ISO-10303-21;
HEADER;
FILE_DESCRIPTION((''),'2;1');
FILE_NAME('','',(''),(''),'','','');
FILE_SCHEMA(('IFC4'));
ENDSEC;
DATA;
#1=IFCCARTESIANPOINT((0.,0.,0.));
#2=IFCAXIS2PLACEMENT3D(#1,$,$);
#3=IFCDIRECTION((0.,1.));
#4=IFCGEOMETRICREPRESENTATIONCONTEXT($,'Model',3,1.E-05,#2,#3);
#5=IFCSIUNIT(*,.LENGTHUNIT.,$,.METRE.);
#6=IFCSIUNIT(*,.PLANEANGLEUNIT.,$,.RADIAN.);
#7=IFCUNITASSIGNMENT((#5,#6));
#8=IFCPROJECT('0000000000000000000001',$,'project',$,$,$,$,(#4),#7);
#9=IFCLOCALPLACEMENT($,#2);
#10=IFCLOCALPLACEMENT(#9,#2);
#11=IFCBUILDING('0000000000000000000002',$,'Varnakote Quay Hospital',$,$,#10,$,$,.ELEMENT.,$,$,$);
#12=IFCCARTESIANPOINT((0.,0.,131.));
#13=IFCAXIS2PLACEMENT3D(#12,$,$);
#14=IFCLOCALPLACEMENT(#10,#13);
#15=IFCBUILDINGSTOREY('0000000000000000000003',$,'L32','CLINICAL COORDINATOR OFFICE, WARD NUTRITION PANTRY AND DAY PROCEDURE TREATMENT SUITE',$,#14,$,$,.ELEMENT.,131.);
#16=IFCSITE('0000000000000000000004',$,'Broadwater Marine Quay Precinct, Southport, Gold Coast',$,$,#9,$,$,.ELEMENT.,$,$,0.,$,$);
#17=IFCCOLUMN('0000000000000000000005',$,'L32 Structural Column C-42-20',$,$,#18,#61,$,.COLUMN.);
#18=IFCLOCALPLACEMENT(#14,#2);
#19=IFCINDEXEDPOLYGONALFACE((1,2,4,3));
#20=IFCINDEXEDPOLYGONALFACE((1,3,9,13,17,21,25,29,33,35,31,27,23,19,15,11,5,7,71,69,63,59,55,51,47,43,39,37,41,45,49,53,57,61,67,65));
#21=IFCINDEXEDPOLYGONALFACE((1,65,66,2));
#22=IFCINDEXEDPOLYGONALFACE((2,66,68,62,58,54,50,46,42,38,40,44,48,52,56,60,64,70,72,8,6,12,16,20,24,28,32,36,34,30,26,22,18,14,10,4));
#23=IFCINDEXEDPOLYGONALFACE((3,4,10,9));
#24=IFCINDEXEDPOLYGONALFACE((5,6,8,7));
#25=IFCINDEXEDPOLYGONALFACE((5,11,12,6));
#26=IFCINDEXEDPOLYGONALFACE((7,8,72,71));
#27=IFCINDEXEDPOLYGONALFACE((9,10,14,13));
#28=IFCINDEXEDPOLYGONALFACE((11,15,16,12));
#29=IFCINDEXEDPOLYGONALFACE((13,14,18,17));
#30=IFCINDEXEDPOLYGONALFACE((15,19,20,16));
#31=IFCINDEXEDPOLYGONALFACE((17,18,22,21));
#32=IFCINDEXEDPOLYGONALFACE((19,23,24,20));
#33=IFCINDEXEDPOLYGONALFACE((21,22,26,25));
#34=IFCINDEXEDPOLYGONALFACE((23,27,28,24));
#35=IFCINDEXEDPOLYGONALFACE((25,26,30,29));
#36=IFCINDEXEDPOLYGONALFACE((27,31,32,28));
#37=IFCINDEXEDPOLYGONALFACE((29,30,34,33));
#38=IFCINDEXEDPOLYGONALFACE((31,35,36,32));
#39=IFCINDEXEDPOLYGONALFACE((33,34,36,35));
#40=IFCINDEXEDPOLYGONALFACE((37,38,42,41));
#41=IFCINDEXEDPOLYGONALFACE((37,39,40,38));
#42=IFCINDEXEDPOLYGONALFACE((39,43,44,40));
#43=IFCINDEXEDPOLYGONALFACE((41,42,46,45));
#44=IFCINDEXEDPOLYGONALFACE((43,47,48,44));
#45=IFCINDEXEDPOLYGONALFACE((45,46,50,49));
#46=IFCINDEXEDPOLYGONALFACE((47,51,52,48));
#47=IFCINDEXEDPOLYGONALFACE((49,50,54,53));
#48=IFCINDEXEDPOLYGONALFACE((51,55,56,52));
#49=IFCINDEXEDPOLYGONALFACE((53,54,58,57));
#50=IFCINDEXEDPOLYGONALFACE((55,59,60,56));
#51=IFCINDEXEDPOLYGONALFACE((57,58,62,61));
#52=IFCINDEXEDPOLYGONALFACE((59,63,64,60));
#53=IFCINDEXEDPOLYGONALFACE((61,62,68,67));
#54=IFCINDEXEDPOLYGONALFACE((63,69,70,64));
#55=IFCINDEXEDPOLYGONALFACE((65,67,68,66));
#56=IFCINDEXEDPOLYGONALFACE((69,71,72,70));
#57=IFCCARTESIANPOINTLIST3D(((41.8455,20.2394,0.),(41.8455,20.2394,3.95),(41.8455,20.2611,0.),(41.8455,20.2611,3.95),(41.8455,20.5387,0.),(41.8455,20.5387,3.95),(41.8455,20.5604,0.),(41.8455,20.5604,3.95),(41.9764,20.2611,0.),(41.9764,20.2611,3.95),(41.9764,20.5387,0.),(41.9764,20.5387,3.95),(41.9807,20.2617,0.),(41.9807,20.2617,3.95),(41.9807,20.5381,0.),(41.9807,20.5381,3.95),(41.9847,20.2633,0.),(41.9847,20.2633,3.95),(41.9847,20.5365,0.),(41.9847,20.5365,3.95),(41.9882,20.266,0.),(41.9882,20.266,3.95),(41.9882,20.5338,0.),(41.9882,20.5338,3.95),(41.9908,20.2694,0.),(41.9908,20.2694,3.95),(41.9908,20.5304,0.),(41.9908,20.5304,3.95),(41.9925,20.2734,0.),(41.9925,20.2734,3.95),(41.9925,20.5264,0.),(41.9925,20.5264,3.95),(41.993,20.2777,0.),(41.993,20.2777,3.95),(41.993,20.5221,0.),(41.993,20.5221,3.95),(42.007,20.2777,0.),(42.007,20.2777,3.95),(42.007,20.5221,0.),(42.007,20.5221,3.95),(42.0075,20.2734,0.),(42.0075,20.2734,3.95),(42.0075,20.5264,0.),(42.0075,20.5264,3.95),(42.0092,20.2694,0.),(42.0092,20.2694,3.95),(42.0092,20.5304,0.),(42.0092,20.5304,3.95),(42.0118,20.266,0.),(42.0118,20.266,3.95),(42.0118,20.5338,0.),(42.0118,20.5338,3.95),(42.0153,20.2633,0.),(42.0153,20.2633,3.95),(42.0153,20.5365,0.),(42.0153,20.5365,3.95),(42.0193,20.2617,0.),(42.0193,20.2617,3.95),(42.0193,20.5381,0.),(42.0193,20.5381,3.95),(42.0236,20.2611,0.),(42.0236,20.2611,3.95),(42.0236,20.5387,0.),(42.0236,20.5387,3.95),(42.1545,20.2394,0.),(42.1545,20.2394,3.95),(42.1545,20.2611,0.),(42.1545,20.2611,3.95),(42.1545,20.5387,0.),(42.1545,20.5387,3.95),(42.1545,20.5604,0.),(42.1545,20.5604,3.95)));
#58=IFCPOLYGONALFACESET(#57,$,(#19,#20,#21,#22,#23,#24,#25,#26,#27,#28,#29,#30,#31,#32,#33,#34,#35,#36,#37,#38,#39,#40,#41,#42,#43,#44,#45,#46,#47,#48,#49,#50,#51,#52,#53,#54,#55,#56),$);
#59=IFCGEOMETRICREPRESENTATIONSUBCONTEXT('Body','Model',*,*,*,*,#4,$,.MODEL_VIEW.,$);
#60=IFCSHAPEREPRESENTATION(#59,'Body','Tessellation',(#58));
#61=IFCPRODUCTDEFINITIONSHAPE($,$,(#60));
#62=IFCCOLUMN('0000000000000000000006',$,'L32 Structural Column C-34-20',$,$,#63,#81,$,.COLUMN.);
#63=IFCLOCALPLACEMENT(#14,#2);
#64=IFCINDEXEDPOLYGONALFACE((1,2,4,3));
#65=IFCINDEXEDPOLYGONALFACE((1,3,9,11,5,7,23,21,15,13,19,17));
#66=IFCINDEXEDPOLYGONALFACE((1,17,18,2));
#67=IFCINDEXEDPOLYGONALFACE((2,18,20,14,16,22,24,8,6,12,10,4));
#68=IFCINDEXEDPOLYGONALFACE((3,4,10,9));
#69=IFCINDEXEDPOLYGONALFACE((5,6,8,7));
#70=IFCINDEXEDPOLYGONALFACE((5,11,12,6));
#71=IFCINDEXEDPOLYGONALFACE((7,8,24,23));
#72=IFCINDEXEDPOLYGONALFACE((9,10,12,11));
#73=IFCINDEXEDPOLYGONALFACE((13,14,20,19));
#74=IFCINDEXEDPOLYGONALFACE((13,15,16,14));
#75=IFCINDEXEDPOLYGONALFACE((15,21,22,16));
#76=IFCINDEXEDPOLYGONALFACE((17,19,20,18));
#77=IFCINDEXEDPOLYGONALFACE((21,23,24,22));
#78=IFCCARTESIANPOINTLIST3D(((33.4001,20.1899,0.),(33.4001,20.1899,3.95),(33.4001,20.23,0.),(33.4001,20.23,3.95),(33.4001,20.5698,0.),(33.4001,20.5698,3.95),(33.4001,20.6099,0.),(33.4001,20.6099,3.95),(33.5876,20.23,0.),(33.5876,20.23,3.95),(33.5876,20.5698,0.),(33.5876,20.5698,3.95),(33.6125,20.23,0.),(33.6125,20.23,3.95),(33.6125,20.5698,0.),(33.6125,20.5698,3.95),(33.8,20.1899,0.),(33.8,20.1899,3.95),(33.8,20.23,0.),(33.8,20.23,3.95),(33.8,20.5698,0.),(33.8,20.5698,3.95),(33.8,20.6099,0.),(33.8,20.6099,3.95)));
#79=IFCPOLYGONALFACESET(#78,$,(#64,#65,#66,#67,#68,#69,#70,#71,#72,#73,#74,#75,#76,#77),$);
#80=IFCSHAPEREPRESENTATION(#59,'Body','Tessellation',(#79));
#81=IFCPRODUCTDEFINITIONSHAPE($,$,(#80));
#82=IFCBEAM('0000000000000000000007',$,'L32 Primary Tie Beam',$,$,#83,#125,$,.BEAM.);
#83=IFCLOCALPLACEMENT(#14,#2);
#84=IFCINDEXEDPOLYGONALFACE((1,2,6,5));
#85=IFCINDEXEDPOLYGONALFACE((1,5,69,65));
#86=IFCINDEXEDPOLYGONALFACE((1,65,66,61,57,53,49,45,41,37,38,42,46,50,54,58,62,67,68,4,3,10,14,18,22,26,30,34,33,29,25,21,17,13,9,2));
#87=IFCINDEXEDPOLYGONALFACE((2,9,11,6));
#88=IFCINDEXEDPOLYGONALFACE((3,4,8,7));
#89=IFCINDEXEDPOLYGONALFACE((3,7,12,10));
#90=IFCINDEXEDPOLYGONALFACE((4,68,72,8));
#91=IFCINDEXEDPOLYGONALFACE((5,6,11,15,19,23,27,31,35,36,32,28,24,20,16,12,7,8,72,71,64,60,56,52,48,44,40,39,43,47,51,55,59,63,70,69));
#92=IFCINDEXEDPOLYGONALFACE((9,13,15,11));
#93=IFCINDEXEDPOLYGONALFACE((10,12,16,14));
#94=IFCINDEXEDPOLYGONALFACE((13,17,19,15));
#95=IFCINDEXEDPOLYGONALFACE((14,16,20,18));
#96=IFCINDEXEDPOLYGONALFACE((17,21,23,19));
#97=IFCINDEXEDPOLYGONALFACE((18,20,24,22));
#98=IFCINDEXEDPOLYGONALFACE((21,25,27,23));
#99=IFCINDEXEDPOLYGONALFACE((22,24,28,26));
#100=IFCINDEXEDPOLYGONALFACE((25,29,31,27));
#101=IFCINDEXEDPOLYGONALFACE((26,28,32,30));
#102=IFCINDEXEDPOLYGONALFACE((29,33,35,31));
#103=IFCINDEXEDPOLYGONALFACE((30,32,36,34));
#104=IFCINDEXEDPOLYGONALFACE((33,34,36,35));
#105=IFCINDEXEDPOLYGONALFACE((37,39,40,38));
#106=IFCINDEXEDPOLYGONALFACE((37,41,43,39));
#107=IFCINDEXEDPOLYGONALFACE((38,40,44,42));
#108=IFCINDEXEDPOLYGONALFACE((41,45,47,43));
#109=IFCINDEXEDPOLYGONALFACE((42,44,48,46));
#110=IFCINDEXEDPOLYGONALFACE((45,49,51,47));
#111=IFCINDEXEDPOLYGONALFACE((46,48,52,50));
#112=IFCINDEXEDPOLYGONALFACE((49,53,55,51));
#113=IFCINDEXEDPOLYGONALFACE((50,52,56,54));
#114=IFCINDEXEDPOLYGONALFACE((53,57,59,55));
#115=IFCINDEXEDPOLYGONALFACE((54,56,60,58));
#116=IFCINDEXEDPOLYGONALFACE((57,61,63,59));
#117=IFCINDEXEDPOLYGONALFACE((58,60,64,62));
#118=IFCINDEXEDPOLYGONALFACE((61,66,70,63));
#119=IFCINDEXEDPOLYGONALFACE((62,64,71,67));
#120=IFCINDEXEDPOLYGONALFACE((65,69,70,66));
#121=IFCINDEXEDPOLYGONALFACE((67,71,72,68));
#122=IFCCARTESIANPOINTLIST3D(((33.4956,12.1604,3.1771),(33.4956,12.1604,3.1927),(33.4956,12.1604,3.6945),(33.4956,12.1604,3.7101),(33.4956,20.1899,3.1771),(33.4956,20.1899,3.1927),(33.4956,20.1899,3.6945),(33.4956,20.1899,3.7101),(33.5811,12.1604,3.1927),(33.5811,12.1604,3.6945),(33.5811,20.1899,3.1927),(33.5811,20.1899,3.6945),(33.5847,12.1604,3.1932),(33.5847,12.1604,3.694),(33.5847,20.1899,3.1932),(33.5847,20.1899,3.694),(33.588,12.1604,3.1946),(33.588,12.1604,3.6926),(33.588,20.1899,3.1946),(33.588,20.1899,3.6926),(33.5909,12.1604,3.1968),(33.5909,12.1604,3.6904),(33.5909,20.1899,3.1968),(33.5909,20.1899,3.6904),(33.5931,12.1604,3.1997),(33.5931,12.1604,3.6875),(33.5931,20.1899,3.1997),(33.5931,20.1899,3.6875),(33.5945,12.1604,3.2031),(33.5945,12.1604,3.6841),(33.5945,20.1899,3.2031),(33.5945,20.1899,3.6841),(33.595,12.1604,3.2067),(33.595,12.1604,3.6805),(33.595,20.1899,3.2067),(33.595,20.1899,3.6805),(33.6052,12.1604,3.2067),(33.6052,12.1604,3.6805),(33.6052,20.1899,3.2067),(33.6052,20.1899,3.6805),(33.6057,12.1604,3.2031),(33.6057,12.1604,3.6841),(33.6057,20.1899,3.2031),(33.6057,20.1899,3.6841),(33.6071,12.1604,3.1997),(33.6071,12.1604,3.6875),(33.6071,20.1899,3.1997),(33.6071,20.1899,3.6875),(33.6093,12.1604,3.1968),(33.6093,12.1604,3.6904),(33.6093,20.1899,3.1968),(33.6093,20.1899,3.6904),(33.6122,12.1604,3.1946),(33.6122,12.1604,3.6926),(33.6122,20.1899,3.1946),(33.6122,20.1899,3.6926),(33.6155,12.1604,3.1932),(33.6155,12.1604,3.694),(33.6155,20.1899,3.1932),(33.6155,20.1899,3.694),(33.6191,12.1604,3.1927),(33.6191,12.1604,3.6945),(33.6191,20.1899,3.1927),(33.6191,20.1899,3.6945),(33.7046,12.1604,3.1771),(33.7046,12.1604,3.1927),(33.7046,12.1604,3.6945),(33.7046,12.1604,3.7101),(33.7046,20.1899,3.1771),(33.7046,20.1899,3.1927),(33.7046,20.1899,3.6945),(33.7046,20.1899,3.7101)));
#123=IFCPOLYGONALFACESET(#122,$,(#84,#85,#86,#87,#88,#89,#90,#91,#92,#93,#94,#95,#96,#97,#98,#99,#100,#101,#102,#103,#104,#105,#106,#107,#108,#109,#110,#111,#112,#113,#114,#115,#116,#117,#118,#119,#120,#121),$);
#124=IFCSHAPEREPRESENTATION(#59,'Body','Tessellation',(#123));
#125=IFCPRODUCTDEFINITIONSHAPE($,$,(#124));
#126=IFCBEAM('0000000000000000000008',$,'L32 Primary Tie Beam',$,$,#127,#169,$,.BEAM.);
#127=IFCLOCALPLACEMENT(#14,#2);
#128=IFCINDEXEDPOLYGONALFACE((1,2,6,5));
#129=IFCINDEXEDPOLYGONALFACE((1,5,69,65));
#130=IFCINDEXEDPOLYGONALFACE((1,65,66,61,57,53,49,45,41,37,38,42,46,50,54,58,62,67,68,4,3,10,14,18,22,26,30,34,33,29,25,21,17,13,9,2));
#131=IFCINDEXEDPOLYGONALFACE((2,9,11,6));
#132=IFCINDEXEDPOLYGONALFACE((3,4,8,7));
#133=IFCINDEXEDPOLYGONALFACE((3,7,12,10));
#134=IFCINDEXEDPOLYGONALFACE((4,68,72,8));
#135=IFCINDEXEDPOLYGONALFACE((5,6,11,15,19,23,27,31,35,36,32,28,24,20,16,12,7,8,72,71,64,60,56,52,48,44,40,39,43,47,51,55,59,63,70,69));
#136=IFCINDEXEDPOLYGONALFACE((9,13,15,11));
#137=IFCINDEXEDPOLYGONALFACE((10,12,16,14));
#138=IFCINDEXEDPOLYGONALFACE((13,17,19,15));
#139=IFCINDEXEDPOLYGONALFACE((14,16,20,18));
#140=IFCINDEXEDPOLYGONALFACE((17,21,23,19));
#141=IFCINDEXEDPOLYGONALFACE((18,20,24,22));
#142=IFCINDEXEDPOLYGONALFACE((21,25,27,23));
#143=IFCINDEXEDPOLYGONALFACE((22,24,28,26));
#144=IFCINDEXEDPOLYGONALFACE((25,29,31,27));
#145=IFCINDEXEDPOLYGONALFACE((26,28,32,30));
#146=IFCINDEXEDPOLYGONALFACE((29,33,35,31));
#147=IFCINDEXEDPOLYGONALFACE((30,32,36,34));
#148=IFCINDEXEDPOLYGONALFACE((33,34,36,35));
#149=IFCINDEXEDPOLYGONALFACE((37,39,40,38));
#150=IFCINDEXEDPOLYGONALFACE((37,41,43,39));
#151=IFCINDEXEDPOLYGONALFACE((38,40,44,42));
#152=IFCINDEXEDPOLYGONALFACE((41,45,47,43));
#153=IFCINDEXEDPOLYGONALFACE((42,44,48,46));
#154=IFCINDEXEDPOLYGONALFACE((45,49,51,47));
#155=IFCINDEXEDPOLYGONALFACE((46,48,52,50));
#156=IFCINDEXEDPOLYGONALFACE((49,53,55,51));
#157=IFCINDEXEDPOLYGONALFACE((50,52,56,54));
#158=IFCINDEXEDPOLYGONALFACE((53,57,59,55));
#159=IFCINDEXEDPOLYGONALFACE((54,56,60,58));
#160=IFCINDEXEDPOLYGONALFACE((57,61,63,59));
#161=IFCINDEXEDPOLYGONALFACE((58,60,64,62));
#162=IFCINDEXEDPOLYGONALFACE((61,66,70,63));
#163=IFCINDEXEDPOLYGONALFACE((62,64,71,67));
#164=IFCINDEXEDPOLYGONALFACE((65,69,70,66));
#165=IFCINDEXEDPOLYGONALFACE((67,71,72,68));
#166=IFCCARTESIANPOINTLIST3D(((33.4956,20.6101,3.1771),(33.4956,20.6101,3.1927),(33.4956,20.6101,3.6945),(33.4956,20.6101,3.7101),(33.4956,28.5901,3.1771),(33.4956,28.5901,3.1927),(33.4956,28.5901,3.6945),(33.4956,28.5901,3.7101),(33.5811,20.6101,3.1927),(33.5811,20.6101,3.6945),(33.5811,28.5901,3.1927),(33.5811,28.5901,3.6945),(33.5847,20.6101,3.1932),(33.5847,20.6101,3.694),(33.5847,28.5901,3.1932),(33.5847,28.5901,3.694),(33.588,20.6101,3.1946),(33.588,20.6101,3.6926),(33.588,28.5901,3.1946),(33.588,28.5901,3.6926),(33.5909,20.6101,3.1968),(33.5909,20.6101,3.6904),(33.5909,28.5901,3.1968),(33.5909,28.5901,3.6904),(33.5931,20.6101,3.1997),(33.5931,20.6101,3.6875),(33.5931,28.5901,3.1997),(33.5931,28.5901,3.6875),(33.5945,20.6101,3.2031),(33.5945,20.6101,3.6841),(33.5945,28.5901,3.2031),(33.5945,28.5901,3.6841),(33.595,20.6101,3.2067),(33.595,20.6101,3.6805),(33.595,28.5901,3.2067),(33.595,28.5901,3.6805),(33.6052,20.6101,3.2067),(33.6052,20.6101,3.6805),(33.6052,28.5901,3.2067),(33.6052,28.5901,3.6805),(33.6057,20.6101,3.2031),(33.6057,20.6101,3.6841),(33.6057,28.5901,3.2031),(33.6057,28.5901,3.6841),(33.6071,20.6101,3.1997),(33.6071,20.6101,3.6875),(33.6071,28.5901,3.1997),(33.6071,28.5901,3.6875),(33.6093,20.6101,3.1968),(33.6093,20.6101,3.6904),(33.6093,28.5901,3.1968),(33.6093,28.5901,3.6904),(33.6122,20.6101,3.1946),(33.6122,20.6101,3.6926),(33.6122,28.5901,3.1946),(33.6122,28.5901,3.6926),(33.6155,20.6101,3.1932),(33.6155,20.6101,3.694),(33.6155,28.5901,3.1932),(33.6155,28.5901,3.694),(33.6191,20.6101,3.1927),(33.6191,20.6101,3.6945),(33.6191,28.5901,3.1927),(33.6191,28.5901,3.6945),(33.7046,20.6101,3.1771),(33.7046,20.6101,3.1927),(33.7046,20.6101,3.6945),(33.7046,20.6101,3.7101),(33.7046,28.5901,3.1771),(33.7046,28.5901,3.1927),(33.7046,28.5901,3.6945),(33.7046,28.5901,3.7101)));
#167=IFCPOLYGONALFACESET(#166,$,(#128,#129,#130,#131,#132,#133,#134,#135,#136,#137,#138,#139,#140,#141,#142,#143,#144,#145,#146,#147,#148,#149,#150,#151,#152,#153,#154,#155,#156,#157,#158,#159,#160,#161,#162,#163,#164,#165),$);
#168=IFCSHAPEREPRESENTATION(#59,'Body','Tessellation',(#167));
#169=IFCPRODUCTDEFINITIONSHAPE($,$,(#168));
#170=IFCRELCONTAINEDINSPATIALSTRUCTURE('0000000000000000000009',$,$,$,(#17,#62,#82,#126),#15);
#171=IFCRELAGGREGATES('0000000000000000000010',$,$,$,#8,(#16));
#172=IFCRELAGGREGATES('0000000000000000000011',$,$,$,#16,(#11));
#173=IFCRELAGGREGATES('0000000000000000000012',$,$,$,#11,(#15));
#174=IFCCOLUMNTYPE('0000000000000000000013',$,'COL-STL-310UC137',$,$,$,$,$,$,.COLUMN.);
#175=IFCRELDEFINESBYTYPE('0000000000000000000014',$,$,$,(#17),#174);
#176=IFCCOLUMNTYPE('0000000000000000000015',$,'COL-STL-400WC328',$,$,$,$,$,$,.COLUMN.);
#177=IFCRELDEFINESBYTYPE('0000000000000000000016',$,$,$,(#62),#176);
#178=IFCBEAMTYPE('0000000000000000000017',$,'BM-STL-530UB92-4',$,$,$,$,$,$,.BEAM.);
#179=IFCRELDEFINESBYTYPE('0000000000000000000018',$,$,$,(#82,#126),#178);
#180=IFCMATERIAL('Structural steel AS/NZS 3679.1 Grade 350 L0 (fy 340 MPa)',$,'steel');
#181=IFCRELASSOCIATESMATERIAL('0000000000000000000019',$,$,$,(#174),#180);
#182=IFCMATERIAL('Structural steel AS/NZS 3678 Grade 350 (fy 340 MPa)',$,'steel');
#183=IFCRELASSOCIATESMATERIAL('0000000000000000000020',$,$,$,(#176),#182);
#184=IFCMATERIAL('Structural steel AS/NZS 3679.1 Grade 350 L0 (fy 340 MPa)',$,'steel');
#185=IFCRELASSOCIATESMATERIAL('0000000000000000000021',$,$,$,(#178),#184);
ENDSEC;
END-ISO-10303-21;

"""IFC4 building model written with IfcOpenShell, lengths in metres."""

from ifc_helpers import new_model, si_unit, direction, frame, origin, origin_2d, place, context, subcontext, project, spatial, i_section, extrude, material, material_profile, profile_set, type_object, element, save


model = new_model("IFC4")

# Units and contexts
model_context = context("Model", 3, precision=1e-05, world=origin(), true_north=direction((0.0, 1.0)))
body_context = subcontext(model_context, "Body", "Model", "MODEL_VIEW")
ifc_project = project(units=[si_unit("LENGTHUNIT", "METRE"), si_unit("PLANEANGLEUNIT", "RADIAN")], contexts=[model_context])

# Site, building, storey
site_placement = place(None, origin())
site = spatial("IfcSite", under=ifc_project, at=site_placement, Name="Broadwater Marine Quay Precinct, Southport, Gold Coast", CompositionType="ELEMENT", RefElevation=0.0)
building_placement = place(site_placement, origin())
building = spatial("IfcBuilding", under=site, at=building_placement, Name="Varnakote Quay Hospital", CompositionType="ELEMENT")
storey_placement = place(building_placement, frame((0.0, 0.0, 131.0)))
storey = spatial("IfcBuildingStorey", under=building, at=storey_placement, Name="L32", Description="CLINICAL COORDINATOR OFFICE, WARD NUTRITION PANTRY AND DAY PROCEDURE TREATMENT SUITE", CompositionType="ELEMENT", Elevation=131.0)

# Columns
ifc_material_1 = material(Name="Structural steel AS/NZS 3679.1 Grade 350 L0 (fy 340 MPa)", Category="steel")
ifc_material_profile_1 = material_profile(ifc_material_1, i_section(OverallWidth=0.3091, OverallDepth=0.321, WebThickness=0.0139, FlangeThickness=0.0217, FilletRadius=0.0166, at=origin_2d()), Name="310UC137")
ifc_profile_set_1 = profile_set([ifc_material_profile_1], Name="Structural steel AS/NZS 3679.1 Grade 350 L0 (fy 340 MPa)")
column_type_1 = type_object("IfcColumnType", Name="COL-STL-310UC137", PredefinedType="COLUMN", material=ifc_profile_set_1)
column_1_placement = place(storey_placement, frame((42.0, 20.3999, 0.0), z_axis=(0.0, 0.0, 1.0), x_axis=(1.0, 0.0, 0.0)))
element("IfcColumn", 1, at=column_1_placement, inside=storey, type_object=column_type_1, Name="L32 Structural Column C-42-20", PredefinedType="COLUMN", context=body_context, shape_type="SweptSolid", body=[
    extrude(i_section(OverallWidth=0.3091, OverallDepth=0.321, WebThickness=0.0139, FlangeThickness=0.0217, FilletRadius=0.0166, at=origin_2d()), origin(), (0.0, 0.0, 1.0), 3.95),
])
ifc_material_2 = material(Name="Structural steel AS/NZS 3678 Grade 350 (fy 340 MPa)", Category="steel")
ifc_material_profile_2 = material_profile(ifc_material_2, i_section(OverallWidth=0.3999, OverallDepth=0.4199, WebThickness=0.0249, FlangeThickness=0.04, at=origin_2d()), Name="400WC328")
ifc_profile_set_2 = profile_set([ifc_material_profile_2], Name="Structural steel AS/NZS 3678 Grade 350 (fy 340 MPa)")
column_type_2 = type_object("IfcColumnType", Name="COL-STL-400WC328", PredefinedType="COLUMN", material=ifc_profile_set_2)
column_2_placement = place(storey_placement, frame((33.6001, 20.3999, 0.0), z_axis=(0.0, 0.0, 1.0), x_axis=(1.0, 0.0, 0.0)))
element("IfcColumn", 2, at=column_2_placement, inside=storey, type_object=column_type_2, Name="L32 Structural Column C-34-20", PredefinedType="COLUMN", context=body_context, shape_type="SweptSolid", body=[
    extrude(i_section(OverallWidth=0.3999, OverallDepth=0.4199, WebThickness=0.0249, FlangeThickness=0.04, at=origin_2d()), origin(), (0.0, 0.0, 1.0), 3.95),
])

# Beams
ifc_material_3 = material(Name="Structural steel AS/NZS 3679.1 Grade 350 L0 (fy 340 MPa)", Category="steel")
ifc_material_profile_3 = material_profile(ifc_material_3, i_section(OverallWidth=0.209, OverallDepth=0.533, WebThickness=0.0103, FlangeThickness=0.0156, FilletRadius=0.0139, at=origin_2d()), Name="530UB92.4")
ifc_profile_set_3 = profile_set([ifc_material_profile_3], Name="Structural steel AS/NZS 3679.1 Grade 350 L0 (fy 340 MPa)")
beam_type_1 = type_object("IfcBeamType", Name="BM-STL-530UB92-4", PredefinedType="BEAM", material=ifc_profile_set_3)
beam_1_placement = place(storey_placement, frame((33.6001, 12.1604, 3.4436), z_axis=(0.0, 1.0, 0.0), x_axis=(-1.0, 0.0, 0.0)))
element("IfcBeam", 3, at=beam_1_placement, inside=storey, type_object=beam_type_1, Name="L32 Primary Tie Beam", PredefinedType="BEAM", context=body_context, shape_type="SweptSolid", body=[
    extrude(i_section(OverallWidth=0.209, OverallDepth=0.533, WebThickness=0.0103, FlangeThickness=0.0156, FilletRadius=0.0139, at=origin_2d()), origin(), (0.0, 0.0, 1.0), 8.0295),
])
beam_2_placement = place(storey_placement, frame((33.6001, 20.6101, 3.4436), z_axis=(0.0, 1.0, 0.0), x_axis=(-1.0, 0.0, 0.0)))
element("IfcBeam", 4, at=beam_2_placement, inside=storey, type_object=beam_type_1, Name="L32 Primary Tie Beam", PredefinedType="BEAM", context=body_context, shape_type="SweptSolid", body=[
    extrude(i_section(OverallWidth=0.209, OverallDepth=0.533, WebThickness=0.0103, FlangeThickness=0.0156, FilletRadius=0.0139, at=origin_2d()), origin(), (0.0, 0.0, 1.0), 7.98),
])

save(model, "model.ifc")
